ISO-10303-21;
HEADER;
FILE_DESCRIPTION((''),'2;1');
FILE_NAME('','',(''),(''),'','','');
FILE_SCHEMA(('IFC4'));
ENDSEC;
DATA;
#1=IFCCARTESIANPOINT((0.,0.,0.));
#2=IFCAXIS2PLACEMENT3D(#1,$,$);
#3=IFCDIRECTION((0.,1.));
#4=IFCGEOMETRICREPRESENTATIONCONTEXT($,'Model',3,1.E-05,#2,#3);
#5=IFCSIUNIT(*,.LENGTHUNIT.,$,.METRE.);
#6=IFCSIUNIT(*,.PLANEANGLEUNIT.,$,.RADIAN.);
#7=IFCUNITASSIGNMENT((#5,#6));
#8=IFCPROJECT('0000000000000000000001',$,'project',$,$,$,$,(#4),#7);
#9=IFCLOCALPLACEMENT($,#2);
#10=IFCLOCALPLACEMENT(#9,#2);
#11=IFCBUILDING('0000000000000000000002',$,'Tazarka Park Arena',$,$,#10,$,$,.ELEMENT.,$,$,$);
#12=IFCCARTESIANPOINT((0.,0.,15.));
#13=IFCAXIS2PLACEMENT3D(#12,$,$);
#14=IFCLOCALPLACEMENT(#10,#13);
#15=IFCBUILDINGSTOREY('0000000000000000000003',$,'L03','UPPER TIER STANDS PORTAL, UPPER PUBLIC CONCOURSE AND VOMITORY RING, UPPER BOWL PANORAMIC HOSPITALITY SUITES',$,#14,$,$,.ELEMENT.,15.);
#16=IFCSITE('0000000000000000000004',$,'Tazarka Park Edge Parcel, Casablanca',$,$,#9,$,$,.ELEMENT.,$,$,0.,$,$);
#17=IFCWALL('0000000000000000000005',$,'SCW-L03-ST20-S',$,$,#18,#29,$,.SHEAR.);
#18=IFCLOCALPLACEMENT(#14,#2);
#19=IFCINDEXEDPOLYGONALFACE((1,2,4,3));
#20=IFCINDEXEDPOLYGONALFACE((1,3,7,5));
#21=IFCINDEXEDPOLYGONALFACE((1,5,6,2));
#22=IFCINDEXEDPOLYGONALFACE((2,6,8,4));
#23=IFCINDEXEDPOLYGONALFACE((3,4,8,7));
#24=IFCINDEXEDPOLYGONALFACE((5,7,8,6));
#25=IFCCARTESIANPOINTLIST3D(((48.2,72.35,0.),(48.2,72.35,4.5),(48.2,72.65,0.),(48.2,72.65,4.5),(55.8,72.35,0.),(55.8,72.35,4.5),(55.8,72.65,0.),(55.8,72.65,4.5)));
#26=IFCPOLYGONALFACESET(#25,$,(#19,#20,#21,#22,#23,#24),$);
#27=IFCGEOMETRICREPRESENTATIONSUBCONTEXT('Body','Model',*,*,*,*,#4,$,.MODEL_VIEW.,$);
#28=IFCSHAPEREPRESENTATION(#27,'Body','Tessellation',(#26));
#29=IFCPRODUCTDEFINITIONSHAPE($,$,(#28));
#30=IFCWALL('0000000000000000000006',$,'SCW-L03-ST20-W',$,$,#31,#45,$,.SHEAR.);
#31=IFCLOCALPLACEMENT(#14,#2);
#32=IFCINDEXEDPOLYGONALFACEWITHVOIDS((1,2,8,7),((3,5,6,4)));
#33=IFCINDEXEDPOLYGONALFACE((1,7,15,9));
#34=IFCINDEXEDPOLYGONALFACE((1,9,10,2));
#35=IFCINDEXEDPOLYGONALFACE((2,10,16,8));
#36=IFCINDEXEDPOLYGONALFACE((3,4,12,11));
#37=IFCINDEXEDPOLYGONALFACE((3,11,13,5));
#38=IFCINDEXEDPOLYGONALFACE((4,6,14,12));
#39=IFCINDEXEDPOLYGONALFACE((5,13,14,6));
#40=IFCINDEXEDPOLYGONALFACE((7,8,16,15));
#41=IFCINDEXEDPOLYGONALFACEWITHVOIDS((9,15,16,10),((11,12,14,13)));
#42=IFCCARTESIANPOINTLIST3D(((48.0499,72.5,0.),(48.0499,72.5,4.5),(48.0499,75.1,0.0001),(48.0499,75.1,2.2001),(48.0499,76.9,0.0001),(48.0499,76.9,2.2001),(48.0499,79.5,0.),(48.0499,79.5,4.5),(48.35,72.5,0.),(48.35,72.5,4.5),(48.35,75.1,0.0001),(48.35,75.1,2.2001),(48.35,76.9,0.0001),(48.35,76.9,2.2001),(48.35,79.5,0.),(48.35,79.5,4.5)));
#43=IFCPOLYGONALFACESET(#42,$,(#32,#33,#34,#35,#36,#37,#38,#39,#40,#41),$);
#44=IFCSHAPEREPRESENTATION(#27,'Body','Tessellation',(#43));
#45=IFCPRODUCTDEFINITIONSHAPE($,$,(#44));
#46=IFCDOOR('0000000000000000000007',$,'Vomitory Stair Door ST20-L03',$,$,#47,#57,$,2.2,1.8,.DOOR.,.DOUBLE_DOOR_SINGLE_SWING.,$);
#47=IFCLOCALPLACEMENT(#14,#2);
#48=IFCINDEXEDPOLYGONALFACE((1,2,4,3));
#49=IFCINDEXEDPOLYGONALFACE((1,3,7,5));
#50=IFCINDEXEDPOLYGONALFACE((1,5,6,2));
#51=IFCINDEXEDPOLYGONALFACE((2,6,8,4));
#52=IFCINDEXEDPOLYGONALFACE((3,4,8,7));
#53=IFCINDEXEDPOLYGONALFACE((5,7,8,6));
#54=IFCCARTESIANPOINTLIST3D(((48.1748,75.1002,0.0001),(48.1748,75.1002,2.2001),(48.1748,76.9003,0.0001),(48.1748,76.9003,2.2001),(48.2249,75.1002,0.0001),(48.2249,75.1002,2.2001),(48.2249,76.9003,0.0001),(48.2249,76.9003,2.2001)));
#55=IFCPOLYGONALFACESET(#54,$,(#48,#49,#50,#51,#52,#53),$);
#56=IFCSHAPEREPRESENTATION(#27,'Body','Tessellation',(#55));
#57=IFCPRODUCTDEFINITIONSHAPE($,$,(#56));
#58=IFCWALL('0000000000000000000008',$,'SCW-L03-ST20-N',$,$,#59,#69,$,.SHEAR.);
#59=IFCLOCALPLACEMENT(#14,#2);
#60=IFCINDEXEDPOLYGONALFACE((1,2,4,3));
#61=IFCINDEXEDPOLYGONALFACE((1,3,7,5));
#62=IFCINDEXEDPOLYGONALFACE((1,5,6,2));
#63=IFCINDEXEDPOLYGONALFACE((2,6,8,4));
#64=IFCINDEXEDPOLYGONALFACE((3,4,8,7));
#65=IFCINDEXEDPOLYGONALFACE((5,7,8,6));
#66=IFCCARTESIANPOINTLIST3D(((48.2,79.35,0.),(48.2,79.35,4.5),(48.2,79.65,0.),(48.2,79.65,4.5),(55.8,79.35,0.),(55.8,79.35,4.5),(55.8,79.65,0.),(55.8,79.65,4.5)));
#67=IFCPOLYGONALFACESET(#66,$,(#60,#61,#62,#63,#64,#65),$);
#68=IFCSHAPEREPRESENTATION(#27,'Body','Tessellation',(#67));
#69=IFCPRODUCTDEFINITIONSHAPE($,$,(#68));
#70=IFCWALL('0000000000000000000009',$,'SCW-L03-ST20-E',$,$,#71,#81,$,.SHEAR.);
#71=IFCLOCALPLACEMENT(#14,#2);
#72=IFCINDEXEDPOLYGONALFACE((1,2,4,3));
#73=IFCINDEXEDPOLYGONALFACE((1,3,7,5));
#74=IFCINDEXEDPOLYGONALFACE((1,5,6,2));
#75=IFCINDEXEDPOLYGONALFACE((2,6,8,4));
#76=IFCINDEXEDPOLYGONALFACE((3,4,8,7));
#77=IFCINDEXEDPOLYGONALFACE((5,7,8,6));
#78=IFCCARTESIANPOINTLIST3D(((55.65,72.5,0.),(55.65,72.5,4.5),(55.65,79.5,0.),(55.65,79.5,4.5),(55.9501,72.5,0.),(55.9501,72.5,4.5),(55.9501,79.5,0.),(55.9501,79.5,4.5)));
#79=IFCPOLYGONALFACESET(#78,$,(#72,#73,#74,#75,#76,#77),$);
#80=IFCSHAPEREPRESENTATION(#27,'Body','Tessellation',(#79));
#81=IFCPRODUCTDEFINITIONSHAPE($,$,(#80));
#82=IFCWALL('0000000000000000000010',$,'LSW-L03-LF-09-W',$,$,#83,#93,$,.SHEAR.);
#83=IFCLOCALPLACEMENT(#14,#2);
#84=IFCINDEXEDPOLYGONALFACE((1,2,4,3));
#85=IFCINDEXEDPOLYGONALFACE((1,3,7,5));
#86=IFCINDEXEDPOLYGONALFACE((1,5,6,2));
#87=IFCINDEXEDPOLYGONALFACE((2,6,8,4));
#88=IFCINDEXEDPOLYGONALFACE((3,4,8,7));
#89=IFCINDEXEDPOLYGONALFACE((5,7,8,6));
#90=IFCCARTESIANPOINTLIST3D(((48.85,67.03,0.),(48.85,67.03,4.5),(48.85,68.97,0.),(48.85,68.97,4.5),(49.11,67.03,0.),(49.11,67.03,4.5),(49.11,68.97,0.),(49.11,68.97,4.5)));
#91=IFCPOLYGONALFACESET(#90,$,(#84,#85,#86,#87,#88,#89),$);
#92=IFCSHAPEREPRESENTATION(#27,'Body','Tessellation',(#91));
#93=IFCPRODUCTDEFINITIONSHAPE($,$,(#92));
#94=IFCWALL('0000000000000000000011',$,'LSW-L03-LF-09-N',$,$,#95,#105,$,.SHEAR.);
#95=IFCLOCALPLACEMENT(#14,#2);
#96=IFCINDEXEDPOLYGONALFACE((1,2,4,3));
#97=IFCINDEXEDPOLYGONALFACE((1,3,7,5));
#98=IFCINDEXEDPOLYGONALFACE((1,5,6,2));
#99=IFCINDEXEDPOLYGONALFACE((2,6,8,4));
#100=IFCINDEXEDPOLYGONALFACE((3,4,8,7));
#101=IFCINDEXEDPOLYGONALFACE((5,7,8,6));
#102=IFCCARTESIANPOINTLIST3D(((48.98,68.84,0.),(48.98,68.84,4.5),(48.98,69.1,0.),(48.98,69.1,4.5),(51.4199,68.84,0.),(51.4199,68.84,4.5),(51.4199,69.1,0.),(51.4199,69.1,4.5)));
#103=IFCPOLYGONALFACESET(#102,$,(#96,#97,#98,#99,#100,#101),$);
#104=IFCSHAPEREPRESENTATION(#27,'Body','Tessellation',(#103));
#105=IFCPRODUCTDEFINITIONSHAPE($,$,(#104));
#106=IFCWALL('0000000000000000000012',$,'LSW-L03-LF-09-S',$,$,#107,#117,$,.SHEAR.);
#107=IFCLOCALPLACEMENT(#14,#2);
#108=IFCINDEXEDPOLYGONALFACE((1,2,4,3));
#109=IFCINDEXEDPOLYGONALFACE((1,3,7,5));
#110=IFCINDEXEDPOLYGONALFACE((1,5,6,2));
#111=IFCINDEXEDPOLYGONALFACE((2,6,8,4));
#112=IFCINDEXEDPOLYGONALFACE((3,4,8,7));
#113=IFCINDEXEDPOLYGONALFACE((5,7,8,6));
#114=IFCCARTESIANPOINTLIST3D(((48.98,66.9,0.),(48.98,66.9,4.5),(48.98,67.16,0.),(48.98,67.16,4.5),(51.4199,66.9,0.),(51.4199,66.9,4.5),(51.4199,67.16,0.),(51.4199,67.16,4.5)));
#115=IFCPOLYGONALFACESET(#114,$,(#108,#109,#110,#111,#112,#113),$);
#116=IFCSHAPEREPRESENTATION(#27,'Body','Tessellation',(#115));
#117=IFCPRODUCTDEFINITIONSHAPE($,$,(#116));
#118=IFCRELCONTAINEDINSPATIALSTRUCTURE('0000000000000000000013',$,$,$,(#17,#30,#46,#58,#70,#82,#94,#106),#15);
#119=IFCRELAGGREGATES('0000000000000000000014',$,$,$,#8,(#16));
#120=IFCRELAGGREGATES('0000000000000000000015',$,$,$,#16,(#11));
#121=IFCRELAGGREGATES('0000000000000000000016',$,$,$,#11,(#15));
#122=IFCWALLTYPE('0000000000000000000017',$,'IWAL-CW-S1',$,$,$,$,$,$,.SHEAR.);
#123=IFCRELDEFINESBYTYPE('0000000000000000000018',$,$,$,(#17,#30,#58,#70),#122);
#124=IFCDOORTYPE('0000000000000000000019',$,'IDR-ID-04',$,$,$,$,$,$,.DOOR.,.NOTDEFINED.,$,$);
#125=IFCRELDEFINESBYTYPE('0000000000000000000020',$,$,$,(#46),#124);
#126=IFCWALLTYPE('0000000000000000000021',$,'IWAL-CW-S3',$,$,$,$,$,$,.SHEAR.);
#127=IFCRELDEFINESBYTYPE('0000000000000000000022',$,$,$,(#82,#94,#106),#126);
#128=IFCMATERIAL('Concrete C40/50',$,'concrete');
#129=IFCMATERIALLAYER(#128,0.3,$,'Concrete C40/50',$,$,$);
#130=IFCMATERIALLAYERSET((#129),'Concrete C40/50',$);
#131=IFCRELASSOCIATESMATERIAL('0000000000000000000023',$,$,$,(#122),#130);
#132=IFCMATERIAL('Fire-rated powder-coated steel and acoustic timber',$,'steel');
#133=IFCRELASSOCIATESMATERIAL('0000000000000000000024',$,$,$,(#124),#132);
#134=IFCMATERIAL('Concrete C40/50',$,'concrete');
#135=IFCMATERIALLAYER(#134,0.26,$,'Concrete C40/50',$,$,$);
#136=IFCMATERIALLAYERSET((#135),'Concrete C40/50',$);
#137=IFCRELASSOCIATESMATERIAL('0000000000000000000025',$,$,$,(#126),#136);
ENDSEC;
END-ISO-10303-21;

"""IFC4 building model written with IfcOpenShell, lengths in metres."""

from ifc_helpers import new_model, si_unit, direction, frame, frame_2d, origin, place, context, subcontext, project, spatial, rectangle, extrude, material, layer, layer_set, type_object, element, fill, save


model = new_model("IFC4")

# Units and contexts
model_context = context("Model", 3, precision=1e-05, world=origin(), true_north=direction((0.0, 1.0)))
body_context = subcontext(model_context, "Body", "Model", "MODEL_VIEW")
ifc_project = project(units=[si_unit("LENGTHUNIT", "METRE"), si_unit("PLANEANGLEUNIT", "RADIAN")], contexts=[model_context])

# Site, building, storey
site_placement = place(None, origin())
site = spatial("IfcSite", under=ifc_project, at=site_placement, Name="Tazarka Park Edge Parcel, Casablanca", CompositionType="ELEMENT", RefElevation=0.0)
building_placement = place(site_placement, origin())
building = spatial("IfcBuilding", under=site, at=building_placement, Name="Tazarka Park Arena", CompositionType="ELEMENT")
storey_placement = place(building_placement, frame((0.0, 0.0, 15.0)))
storey = spatial("IfcBuildingStorey", under=building, at=storey_placement, Name="L03", Description="UPPER TIER STANDS PORTAL, UPPER PUBLIC CONCOURSE AND VOMITORY RING, UPPER BOWL PANORAMIC HOSPITALITY SUITES", CompositionType="ELEMENT", Elevation=15.0)

# Wall
ifc_material_1 = material(Name="Concrete C40/50", Category="concrete")
ifc_layer_1 = layer(ifc_material_1, 0.3, Name="Concrete C40/50")
ifc_layer_set_1 = layer_set([ifc_layer_1], Name="Concrete C40/50")
wall_type_1 = type_object("IfcWallType", Name="IWAL-CW-S1", PredefinedType="SHEAR", material=ifc_layer_set_1)
wall_1_placement = place(storey_placement, frame((55.8, 72.5, 0.0), z_axis=(0.0, 0.0, 1.0), x_axis=(-1.0, 0.0, 0.0)))
element("IfcWall", 1, at=wall_1_placement, inside=storey, type_object=wall_type_1, Name="SCW-L03-ST20-S", PredefinedType="SHEAR", context=body_context, shape_type="SweptSolid", body=[
    extrude(rectangle(XDim=7.6001, YDim=0.3, at=frame_2d((3.8, 0.0))), origin(), (0.0, 0.0, 1.0), 4.5),
])

# Wall, opening, door
wall_2_placement = place(storey_placement, frame((48.2, 72.5, 0.0), z_axis=(0.0, 0.0, 1.0), x_axis=(0.0, 1.0, 0.0)))
wall_2 = element("IfcWall", 2, at=wall_2_placement, inside=storey, type_object=wall_type_1, Name="SCW-L03-ST20-W", PredefinedType="SHEAR", context=body_context, shape_type="SweptSolid", body=[
    extrude(rectangle(XDim=7.0, YDim=0.3, at=frame_2d((3.5, 0.0))), origin(), (0.0, 0.0, 1.0), 4.5),
])
opening_1_placement = place(wall_2_placement, frame((2.6001, 0.0, 0.0)))
opening_1 = element("IfcOpeningElement", 3, at=opening_1_placement, cuts=wall_2, PredefinedType="OPENING", context=body_context, shape_type="SweptSolid", body=[
    extrude(rectangle(XDim=1.8, YDim=2.2, at=frame_2d((0.8999, 1.1001))), frame((0.0, 0.1602, 0.0), z_axis=(0.0, -1.0, 0.0), x_axis=(1.0, 0.0, 0.0)), (0.0, 0.0, 1.0), 0.3201),
])
ifc_material_2 = material(Name="Fire-rated powder-coated steel and acoustic timber", Category="steel")
door_type_1 = type_object("IfcDoorType", Name="IDR-ID-04", OperationType="NOTDEFINED", PredefinedType="DOOR", material=ifc_material_2)
door_1_placement = place(opening_1_placement, frame((1.8, 0.0, 0.0), z_axis=(0.0, 0.0, 1.0), x_axis=(-1.0, 0.0, 0.0)))
door_1 = element("IfcDoor", 4, at=door_1_placement, inside=storey, type_object=door_type_1, Name="Vomitory Stair Door ST20-L03", OperationType="DOUBLE_DOOR_SINGLE_SWING", OverallHeight=2.2, OverallWidth=1.8, PredefinedType="DOOR", context=body_context, shape_type="SweptSolid", body=[
    extrude(rectangle(XDim=1.8, YDim=2.2, at=frame_2d((0.8999, 1.1001))), frame((0.0, 0.0249, 0.0), z_axis=(0.0, -1.0, 0.0), x_axis=(1.0, 0.0, 0.0)), (0.0, 0.0, 1.0), 0.05),
])
fill(opening_1, door_1)

# Walls
wall_3_placement = place(storey_placement, frame((48.2, 79.5, 0.0), z_axis=(0.0, 0.0, 1.0), x_axis=(1.0, 0.0, 0.0)))
element("IfcWall", 5, at=wall_3_placement, inside=storey, type_object=wall_type_1, Name="SCW-L03-ST20-N", PredefinedType="SHEAR", context=body_context, shape_type="SweptSolid", body=[
    extrude(rectangle(XDim=7.6001, YDim=0.3, at=frame_2d((3.8, 0.0))), origin(), (0.0, 0.0, 1.0), 4.5),
])
wall_4_placement = place(storey_placement, frame((55.8, 79.5, 0.0), z_axis=(0.0, 0.0, 1.0), x_axis=(0.0, -1.0, 0.0)))
element("IfcWall", 6, at=wall_4_placement, inside=storey, type_object=wall_type_1, Name="SCW-L03-ST20-E", PredefinedType="SHEAR", context=body_context, shape_type="SweptSolid", body=[
    extrude(rectangle(XDim=7.0, YDim=0.3, at=frame_2d((3.5, 0.0))), origin(), (0.0, 0.0, 1.0), 4.5),
])
ifc_material_3 = material(Name="Concrete C40/50", Category="concrete")
ifc_layer_2 = layer(ifc_material_3, 0.26, Name="Concrete C40/50")
ifc_layer_set_2 = layer_set([ifc_layer_2], Name="Concrete C40/50")
wall_type_2 = type_object("IfcWallType", Name="IWAL-CW-S3", PredefinedType="SHEAR", material=ifc_layer_set_2)
wall_5_placement = place(storey_placement, frame((48.98, 67.03, 0.0), z_axis=(0.0, 0.0, 1.0), x_axis=(0.0, 1.0, 0.0)))
element("IfcWall", 7, at=wall_5_placement, inside=storey, type_object=wall_type_2, Name="LSW-L03-LF-09-W", PredefinedType="SHEAR", context=body_context, shape_type="SweptSolid", body=[
    extrude(rectangle(XDim=1.9399, YDim=0.26, at=frame_2d((0.97, 0.0))), origin(), (0.0, 0.0, 1.0), 4.5),
])
for number, where, z_axis, x_axis, name in (
    (8, (48.98, 68.97, 0.0), (0.0, 0.0, 1.0), (1.0, 0.0, 0.0), "LSW-L03-LF-09-N"),
    (9, (51.4199, 67.03, 0.0), (0.0, 0.0, 1.0), (-1.0, 0.0, 0.0), "LSW-L03-LF-09-S"),
):
    element("IfcWall", number, at=place(storey_placement, frame(where, z_axis=z_axis, x_axis=x_axis)), inside=storey, type_object=wall_type_2, Name=name, PredefinedType="SHEAR", context=body_context, shape_type="SweptSolid", body=[
        extrude(rectangle(XDim=2.4399, YDim=0.26, at=frame_2d((1.22, 0.0))), origin(), (0.0, 0.0, 1.0), 4.5),
    ])

save(model, "model.ifc")
